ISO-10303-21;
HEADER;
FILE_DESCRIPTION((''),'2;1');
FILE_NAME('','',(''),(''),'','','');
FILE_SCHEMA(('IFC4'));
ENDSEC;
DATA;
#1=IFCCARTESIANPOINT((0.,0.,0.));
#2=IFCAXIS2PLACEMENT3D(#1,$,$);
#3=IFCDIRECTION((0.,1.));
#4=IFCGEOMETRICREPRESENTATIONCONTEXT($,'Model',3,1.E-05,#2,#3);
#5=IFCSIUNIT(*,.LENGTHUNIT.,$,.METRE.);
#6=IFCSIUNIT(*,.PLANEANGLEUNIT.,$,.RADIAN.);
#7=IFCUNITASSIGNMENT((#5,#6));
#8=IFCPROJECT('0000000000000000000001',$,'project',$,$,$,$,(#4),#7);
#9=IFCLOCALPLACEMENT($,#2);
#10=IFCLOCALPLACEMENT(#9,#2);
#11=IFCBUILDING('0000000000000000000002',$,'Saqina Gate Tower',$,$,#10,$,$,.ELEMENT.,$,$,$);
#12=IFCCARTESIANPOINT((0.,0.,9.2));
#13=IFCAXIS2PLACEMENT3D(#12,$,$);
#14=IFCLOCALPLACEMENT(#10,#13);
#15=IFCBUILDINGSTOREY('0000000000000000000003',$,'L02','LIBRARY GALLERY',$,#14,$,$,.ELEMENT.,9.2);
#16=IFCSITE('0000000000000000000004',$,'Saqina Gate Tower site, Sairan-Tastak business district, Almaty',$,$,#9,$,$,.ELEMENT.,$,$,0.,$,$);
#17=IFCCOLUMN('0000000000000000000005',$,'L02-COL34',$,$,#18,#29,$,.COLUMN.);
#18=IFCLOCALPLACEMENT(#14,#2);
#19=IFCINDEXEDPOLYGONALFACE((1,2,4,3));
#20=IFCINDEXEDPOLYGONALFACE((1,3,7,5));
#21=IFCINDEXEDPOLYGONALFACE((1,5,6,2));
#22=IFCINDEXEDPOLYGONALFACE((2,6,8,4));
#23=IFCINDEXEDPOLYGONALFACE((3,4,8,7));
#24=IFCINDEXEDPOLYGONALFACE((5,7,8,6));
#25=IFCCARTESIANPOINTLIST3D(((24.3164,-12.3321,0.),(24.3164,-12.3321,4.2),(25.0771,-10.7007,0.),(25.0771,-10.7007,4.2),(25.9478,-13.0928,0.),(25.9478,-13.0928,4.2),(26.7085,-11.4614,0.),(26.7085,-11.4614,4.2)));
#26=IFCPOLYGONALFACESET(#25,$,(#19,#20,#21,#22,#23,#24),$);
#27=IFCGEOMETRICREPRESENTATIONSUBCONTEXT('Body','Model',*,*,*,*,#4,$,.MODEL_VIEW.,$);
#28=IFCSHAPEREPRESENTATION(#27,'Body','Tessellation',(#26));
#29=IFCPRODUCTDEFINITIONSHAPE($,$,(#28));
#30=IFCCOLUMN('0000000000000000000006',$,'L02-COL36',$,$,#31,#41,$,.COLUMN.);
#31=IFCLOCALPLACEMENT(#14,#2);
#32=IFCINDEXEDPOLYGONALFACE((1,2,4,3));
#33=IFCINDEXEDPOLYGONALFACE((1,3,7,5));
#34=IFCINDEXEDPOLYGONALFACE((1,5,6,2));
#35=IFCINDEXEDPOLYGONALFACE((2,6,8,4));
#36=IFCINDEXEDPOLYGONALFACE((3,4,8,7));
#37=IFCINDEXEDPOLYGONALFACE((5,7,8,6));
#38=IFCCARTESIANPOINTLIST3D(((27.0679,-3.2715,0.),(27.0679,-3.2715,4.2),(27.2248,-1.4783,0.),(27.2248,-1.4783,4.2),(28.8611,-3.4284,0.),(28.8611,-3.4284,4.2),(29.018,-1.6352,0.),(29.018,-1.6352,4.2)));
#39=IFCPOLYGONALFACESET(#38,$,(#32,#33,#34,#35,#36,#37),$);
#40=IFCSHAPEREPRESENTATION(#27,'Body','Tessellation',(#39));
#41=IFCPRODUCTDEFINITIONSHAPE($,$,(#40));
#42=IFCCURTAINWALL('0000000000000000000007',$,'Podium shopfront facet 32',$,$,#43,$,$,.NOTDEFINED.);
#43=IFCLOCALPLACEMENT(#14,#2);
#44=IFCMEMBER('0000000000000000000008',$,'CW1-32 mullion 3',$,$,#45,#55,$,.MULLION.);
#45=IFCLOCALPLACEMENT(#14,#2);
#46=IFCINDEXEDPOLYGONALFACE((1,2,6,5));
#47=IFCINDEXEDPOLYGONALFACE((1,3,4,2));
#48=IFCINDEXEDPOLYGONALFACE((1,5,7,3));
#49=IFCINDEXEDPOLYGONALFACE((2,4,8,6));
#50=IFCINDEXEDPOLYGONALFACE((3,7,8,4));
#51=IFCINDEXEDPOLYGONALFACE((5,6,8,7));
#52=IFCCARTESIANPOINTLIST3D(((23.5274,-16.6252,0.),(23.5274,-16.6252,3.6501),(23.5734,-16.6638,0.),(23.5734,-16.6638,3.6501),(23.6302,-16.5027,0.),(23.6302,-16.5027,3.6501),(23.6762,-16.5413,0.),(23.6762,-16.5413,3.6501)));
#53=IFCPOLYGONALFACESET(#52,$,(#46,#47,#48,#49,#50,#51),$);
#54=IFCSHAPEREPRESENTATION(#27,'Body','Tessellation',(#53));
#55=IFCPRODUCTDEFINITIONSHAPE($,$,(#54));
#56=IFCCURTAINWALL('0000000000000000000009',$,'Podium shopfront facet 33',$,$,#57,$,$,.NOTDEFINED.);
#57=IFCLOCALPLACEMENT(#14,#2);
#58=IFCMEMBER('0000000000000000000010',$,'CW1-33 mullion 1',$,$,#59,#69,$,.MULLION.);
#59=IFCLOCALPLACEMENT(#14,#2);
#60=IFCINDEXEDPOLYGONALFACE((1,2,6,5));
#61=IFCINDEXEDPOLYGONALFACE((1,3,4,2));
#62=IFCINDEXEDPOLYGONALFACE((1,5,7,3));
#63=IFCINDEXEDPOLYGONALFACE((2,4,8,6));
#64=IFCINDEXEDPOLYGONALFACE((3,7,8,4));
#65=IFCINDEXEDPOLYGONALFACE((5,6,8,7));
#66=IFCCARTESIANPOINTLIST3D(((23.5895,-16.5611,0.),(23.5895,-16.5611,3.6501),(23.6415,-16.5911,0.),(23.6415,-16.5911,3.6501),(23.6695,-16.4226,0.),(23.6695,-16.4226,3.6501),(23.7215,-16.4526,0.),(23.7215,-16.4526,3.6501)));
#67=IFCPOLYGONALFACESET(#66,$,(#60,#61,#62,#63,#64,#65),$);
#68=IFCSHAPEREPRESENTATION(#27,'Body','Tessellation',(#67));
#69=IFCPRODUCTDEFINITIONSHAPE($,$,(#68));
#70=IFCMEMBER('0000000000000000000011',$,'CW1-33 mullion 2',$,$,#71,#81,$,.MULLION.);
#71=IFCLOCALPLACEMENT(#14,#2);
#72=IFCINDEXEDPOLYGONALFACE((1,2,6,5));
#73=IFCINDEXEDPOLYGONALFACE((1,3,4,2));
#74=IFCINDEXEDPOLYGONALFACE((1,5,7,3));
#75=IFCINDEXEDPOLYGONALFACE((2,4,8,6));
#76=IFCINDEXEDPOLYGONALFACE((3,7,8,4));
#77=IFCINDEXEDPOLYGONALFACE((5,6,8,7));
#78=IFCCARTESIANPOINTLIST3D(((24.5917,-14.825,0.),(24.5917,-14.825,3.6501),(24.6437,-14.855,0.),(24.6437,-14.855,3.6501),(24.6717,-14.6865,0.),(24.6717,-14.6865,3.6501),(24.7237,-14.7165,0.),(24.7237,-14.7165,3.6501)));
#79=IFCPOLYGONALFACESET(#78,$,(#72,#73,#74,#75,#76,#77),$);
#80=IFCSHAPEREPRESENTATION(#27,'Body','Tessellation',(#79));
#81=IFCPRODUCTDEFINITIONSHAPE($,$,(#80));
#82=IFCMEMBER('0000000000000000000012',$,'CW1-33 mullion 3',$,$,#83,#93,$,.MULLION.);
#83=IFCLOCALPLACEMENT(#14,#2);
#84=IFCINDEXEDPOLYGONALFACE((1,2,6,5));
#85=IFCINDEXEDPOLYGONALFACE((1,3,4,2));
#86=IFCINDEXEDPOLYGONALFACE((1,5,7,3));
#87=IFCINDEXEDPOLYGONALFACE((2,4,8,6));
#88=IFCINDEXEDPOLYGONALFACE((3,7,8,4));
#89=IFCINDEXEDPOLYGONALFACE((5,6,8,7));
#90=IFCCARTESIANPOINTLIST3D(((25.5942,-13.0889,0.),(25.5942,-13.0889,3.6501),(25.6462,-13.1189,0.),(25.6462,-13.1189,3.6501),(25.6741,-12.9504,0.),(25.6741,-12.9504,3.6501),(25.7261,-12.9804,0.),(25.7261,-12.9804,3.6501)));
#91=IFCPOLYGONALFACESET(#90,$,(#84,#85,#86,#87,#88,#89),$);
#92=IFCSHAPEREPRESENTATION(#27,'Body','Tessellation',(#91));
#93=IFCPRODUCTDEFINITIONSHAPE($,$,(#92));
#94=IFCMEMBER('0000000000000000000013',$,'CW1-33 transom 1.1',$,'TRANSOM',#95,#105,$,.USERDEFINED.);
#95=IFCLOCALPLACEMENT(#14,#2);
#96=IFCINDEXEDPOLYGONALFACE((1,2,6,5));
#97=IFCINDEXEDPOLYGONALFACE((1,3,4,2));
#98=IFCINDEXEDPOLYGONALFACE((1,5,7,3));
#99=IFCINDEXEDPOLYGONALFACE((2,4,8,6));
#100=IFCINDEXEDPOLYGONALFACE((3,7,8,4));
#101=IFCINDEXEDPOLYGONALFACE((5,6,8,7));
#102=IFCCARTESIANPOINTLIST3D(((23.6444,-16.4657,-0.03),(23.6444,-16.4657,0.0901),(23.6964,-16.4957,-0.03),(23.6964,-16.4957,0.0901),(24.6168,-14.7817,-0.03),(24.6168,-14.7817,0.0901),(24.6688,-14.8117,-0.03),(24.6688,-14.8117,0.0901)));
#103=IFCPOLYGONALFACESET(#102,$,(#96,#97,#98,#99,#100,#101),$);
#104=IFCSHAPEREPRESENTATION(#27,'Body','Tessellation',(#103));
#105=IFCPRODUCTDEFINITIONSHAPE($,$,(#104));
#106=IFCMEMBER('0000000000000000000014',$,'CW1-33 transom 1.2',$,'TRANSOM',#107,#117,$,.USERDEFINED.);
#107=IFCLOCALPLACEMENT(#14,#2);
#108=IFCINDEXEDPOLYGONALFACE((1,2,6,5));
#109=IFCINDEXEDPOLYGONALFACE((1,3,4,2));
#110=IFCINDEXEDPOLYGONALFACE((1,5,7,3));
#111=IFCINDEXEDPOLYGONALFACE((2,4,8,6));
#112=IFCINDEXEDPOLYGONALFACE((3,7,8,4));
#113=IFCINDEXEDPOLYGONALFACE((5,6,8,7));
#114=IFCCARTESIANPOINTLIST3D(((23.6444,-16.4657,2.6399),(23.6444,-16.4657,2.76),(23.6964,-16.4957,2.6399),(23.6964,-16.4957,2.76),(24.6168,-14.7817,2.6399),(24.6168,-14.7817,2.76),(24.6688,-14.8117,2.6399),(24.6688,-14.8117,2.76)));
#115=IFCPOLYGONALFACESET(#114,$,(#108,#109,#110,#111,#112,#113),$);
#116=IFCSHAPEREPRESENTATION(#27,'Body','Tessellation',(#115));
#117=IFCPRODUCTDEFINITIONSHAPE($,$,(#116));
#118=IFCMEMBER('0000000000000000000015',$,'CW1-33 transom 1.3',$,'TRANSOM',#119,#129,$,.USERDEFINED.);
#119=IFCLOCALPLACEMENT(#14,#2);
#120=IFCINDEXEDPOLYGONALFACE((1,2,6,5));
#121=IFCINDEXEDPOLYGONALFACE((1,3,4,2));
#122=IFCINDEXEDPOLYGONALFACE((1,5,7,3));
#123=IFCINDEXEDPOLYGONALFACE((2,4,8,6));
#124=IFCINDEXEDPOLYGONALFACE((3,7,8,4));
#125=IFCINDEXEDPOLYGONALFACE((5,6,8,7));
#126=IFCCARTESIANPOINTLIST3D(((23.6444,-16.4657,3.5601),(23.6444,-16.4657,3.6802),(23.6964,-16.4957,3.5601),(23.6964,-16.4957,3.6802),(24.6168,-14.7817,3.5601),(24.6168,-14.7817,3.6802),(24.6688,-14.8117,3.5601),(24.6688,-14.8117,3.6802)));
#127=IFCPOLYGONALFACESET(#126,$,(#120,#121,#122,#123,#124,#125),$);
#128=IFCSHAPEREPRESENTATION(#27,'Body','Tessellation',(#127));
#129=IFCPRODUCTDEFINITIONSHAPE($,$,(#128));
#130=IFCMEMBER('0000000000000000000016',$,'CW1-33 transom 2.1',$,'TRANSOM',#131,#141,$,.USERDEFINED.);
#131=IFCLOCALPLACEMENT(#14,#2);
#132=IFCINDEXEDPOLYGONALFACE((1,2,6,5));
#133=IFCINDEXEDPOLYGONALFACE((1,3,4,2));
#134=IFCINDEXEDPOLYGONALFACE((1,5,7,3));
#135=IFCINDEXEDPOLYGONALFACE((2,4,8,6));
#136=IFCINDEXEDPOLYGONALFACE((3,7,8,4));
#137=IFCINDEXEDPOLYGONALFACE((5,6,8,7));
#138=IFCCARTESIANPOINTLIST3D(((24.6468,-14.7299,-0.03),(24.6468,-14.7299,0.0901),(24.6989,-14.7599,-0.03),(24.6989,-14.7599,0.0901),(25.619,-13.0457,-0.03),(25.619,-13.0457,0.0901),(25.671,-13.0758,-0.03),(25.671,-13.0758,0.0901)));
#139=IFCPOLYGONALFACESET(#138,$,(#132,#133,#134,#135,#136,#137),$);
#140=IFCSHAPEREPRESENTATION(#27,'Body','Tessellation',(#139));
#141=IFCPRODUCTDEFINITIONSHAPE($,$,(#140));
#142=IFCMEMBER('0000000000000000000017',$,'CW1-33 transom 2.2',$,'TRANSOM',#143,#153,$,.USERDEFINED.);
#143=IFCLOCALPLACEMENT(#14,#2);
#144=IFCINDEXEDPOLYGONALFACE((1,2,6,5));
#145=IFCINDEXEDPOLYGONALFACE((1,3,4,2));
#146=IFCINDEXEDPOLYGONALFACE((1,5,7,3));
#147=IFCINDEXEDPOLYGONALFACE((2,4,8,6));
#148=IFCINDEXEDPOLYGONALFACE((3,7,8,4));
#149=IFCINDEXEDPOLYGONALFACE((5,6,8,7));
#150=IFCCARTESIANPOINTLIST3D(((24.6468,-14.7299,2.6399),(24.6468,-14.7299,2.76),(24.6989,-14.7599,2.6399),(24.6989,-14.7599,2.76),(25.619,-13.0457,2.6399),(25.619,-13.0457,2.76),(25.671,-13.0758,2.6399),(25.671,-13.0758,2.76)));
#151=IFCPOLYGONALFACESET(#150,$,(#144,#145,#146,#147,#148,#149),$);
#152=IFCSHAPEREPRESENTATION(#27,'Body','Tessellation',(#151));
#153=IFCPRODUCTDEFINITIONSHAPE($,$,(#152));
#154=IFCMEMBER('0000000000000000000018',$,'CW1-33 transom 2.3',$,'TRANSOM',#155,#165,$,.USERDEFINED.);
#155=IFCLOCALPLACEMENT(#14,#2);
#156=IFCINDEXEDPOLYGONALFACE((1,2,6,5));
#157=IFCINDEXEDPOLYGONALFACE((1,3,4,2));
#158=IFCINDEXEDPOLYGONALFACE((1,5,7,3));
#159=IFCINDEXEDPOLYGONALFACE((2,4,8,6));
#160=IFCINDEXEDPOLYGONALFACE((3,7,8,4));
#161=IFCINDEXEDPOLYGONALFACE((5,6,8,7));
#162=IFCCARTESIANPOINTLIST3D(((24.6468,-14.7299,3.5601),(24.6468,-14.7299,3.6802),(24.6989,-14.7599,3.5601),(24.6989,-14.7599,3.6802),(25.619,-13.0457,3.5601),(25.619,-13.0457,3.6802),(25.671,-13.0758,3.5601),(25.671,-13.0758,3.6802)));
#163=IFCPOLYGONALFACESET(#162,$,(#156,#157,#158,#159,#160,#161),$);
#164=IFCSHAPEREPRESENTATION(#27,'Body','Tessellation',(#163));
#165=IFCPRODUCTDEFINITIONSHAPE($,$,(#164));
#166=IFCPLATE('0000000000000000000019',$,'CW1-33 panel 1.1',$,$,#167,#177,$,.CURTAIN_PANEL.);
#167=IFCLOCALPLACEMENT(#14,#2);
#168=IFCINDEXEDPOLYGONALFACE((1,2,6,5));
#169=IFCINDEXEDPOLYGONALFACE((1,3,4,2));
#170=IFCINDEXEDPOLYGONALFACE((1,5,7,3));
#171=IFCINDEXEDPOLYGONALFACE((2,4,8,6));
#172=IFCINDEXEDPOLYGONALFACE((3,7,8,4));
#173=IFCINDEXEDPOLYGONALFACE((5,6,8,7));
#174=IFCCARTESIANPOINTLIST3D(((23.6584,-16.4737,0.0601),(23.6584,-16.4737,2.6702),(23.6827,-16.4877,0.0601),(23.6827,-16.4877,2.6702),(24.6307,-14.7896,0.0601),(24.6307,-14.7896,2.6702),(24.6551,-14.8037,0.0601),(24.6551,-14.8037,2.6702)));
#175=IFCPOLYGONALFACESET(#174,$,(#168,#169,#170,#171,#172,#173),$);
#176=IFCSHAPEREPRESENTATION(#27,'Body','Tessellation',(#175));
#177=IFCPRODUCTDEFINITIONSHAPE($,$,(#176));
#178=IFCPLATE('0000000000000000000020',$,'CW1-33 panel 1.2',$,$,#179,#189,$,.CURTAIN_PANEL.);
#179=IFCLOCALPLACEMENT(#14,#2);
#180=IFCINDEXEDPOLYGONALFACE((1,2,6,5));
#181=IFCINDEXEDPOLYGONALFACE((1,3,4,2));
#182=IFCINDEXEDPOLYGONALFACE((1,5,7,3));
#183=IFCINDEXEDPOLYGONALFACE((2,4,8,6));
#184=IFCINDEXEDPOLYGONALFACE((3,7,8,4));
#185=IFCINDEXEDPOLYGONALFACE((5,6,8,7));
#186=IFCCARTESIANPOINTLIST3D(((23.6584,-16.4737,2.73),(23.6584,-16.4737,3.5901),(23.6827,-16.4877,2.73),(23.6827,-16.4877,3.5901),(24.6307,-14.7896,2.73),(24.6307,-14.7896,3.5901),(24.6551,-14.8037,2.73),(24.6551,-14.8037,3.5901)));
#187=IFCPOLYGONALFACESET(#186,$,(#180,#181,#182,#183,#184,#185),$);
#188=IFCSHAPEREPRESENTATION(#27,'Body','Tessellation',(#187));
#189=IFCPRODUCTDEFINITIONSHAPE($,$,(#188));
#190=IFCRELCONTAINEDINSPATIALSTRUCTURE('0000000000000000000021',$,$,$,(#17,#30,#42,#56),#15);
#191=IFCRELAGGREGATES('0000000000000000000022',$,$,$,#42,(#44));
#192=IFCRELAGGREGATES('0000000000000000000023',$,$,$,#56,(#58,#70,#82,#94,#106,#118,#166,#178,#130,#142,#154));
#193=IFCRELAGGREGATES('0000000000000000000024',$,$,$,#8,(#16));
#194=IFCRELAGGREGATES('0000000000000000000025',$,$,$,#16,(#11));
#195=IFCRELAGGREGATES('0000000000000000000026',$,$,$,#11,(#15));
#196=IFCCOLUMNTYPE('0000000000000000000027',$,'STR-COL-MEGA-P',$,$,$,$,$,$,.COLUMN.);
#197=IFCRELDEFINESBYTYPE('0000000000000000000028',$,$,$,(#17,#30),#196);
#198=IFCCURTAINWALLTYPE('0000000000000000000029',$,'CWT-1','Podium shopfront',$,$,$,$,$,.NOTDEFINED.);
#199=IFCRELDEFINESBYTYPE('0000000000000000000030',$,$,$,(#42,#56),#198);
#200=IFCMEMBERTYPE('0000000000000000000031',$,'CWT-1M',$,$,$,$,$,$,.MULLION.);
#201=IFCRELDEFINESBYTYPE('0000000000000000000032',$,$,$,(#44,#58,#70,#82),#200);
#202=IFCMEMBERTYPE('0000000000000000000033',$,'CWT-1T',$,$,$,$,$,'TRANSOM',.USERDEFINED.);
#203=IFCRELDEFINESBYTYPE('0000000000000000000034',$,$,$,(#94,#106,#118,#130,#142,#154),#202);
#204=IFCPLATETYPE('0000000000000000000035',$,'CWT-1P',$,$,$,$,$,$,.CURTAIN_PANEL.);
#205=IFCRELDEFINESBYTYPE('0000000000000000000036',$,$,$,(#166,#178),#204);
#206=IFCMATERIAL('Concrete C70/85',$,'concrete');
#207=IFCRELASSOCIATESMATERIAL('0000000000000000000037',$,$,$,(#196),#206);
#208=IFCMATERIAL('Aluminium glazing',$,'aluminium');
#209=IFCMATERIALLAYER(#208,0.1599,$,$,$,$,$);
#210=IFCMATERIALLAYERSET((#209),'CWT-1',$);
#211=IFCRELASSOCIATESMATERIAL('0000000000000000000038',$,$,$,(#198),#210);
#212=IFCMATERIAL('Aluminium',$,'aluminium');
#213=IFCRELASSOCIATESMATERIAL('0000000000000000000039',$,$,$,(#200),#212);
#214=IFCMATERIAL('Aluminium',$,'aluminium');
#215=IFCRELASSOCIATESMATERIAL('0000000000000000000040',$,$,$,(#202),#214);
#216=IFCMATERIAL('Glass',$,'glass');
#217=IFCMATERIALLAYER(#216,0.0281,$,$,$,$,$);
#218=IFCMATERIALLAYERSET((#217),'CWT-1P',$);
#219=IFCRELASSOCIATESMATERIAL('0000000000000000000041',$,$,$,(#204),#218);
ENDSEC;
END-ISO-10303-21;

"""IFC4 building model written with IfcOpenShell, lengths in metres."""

from ifc_helpers import new_model, si_unit, direction, frame, origin, origin_2d, place, context, subcontext, project, spatial, rectangle, extrude, material, layer, layer_set, material_profile, profile_set, type_object, element, aggregate, save


model = new_model("IFC4")

# Units and contexts
model_context = context("Model", 3, precision=1e-05, world=origin(), true_north=direction((0.0, 1.0)))
body_context = subcontext(model_context, "Body", "Model", "MODEL_VIEW")
ifc_project = project(units=[si_unit("LENGTHUNIT", "METRE"), si_unit("PLANEANGLEUNIT", "RADIAN")], contexts=[model_context])

# Site, building, storey
site_placement = place(None, origin())
site = spatial("IfcSite", under=ifc_project, at=site_placement, Name="Saqina Gate Tower site, Sairan-Tastak business district, Almaty", CompositionType="ELEMENT", RefElevation=0.0)
building_placement = place(site_placement, origin())
building = spatial("IfcBuilding", under=site, at=building_placement, Name="Saqina Gate Tower", CompositionType="ELEMENT")
storey_placement = place(building_placement, frame((0.0, 0.0, 9.2)))
storey = spatial("IfcBuildingStorey", under=building, at=storey_placement, Name="L02", Description="LIBRARY GALLERY", CompositionType="ELEMENT", Elevation=9.2)

# Columns
ifc_material_1 = material(Name="Concrete C70/85", Category="concrete")
ifc_material_profile_1 = material_profile(ifc_material_1, rectangle(XDim=1.8, YDim=1.8, at=origin_2d()), Name="RC 1800x1800")
ifc_profile_set_1 = profile_set([ifc_material_profile_1], Name="Concrete C70/85")
column_type = type_object("IfcColumnType", Name="STR-COL-MEGA-P", PredefinedType="COLUMN", material=ifc_profile_set_1)
for number, where, z_axis, x_axis, name in (
    (1, (25.5125, -11.8967, 0.0), (0.0, 0.0, 1.0), (0.906308, -0.422618, 0.0), "L02-COL34"),
    (2, (28.043, -2.4534, 0.0), (0.0, 0.0, 1.0), (0.996195, -0.087156, 0.0), "L02-COL36"),
):
    element("IfcColumn", number, at=place(storey_placement, frame(where, z_axis=z_axis, x_axis=x_axis)), inside=storey, type_object=column_type, Name=name, PredefinedType="COLUMN", context=body_context, shape_type="SweptSolid", body=[
        extrude(rectangle(XDim=1.8, YDim=1.8, at=origin_2d()), origin(), (0.0, 0.0, 1.0), 4.2),
    ])

# Curtain wall, member
ifc_material_2 = material(Name="Aluminium glazing", Category="aluminium")
ifc_layer_1 = layer(ifc_material_2, 0.1599)
ifc_layer_set_1 = layer_set([ifc_layer_1], Name="CWT-1")
curtain_wall_type = type_object("IfcCurtainWallType", Name="CWT-1", Description="Podium shopfront", PredefinedType="NOTDEFINED", material=ifc_layer_set_1)
curtain_wall_1_placement = place(storey_placement, origin())
curtain_wall_1 = element("IfcCurtainWall", 3, at=curtain_wall_1_placement, inside=storey, type_object=curtain_wall_type, Name="Podium shopfront facet 32", PredefinedType="NOTDEFINED")
ifc_material_3 = material(Name="Aluminium", Category="aluminium")
ifc_material_profile_2 = material_profile(ifc_material_3, rectangle(XDim=0.0601, YDim=0.1599, at=origin_2d()), Name="Aluminium 60x160")
ifc_profile_set_2 = profile_set([ifc_material_profile_2], Name="Aluminium")
member_type_1 = type_object("IfcMemberType", Name="CWT-1M", PredefinedType="MULLION", material=ifc_profile_set_2)
member_1_placement = place(storey_placement, frame((23.6018, -16.5833, 0.0), z_axis=(0.0, 0.0, 1.0), x_axis=(-0.766051, 0.642779, 0.0)))
member_1 = element("IfcMember", 4, at=member_1_placement, type_object=member_type_1, Name="CW1-32 mullion 3", PredefinedType="MULLION", context=body_context, shape_type="SweptSolid", body=[
    extrude(rectangle(XDim=0.0601, YDim=0.1599, at=origin_2d()), origin(), (0.0, 0.0, 1.0), 3.6501),
])
aggregate(curtain_wall_1, [member_1])

# Curtain wall, members, plates
curtain_wall_2_placement = place(storey_placement, origin())
curtain_wall_2 = element("IfcCurtainWall", 5, at=curtain_wall_2_placement, inside=storey, type_object=curtain_wall_type, Name="Podium shopfront facet 33", PredefinedType="NOTDEFINED")
member_2_placement = place(storey_placement, frame((23.6555, -16.5068, 0.0), z_axis=(0.0, 0.0, 1.0), x_axis=(-0.866017, 0.500014, 0.0)))
member_2 = element("IfcMember", 6, at=member_2_placement, type_object=member_type_1, Name="CW1-33 mullion 1", PredefinedType="MULLION", context=body_context, shape_type="SweptSolid", body=[
    extrude(rectangle(XDim=0.0601, YDim=0.1599, at=origin_2d()), origin(), (0.0, 0.0, 1.0), 3.6501),
])
member_3_placement = place(storey_placement, frame((24.6577, -14.7708, 0.0), z_axis=(0.0, 0.0, 1.0), x_axis=(-0.866017, 0.500014, 0.0)))
member_3 = element("IfcMember", 7, at=member_3_placement, type_object=member_type_1, Name="CW1-33 mullion 2", PredefinedType="MULLION", context=body_context, shape_type="SweptSolid", body=[
    extrude(rectangle(XDim=0.0601, YDim=0.1599, at=origin_2d()), origin(), (0.0, 0.0, 1.0), 3.6501),
])
member_4_placement = place(storey_placement, frame((25.6602, -13.0347, 0.0), z_axis=(0.0, 0.0, 1.0), x_axis=(-0.866017, 0.500014, 0.0)))
member_4 = element("IfcMember", 8, at=member_4_placement, type_object=member_type_1, Name="CW1-33 mullion 3", PredefinedType="MULLION", context=body_context, shape_type="SweptSolid", body=[
    extrude(rectangle(XDim=0.0601, YDim=0.1599, at=origin_2d()), origin(), (0.0, 0.0, 1.0), 3.6501),
])
ifc_material_4 = material(Name="Aluminium", Category="aluminium")
ifc_material_profile_3 = material_profile(ifc_material_4, rectangle(XDim=0.0601, YDim=0.1201, at=origin_2d()), Name="Aluminium 60x120")
ifc_profile_set_3 = profile_set([ifc_material_profile_3], Name="Aluminium")
member_type_2 = type_object("IfcMemberType", Name="CWT-1T", ElementType="TRANSOM", PredefinedType="USERDEFINED", material=ifc_profile_set_3)
member_5_placement = place(storey_placement, frame((23.6704, -16.4807, 0.03), z_axis=(0.500041, 0.866002, 0.0), x_axis=(-0.866002, 0.500041, 0.0)))
member_5 = element("IfcMember", 9, at=member_5_placement, type_object=member_type_2, Name="CW1-33 transom 1.1", ObjectType="TRANSOM", PredefinedType="USERDEFINED", context=body_context, shape_type="SweptSolid", body=[
    extrude(rectangle(XDim=0.0601, YDim=0.1201, at=origin_2d()), origin(), (0.0, 0.0, 1.0), 1.9446),
])
member_6_placement = place(storey_placement, frame((23.6704, -16.4807, 2.7), z_axis=(0.500041, 0.866002, 0.0), x_axis=(-0.866002, 0.500041, 0.0)))
member_6 = element("IfcMember", 10, at=member_6_placement, type_object=member_type_2, Name="CW1-33 transom 1.2", ObjectType="TRANSOM", PredefinedType="USERDEFINED", context=body_context, shape_type="SweptSolid", body=[
    extrude(rectangle(XDim=0.0601, YDim=0.1201, at=origin_2d()), origin(), (0.0, 0.0, 1.0), 1.9446),
])
member_7_placement = place(storey_placement, frame((23.6704, -16.4807, 3.6201), z_axis=(0.500041, 0.866002, 0.0), x_axis=(-0.866002, 0.500041, 0.0)))
member_7 = element("IfcMember", 11, at=member_7_placement, type_object=member_type_2, Name="CW1-33 transom 1.3", ObjectType="TRANSOM", PredefinedType="USERDEFINED", context=body_context, shape_type="SweptSolid", body=[
    extrude(rectangle(XDim=0.0601, YDim=0.1201, at=origin_2d()), origin(), (0.0, 0.0, 1.0), 1.9446),
])
member_8_placement = place(storey_placement, frame((24.6729, -14.7449, 0.03), z_axis=(0.499947, 0.866056, 0.0), x_axis=(-0.866056, 0.499947, 0.0)))
member_8 = element("IfcMember", 12, at=member_8_placement, type_object=member_type_2, Name="CW1-33 transom 2.1", ObjectType="TRANSOM", PredefinedType="USERDEFINED", context=body_context, shape_type="SweptSolid", body=[
    extrude(rectangle(XDim=0.0601, YDim=0.1201, at=origin_2d()), origin(), (0.0, 0.0, 1.0), 1.9446),
])
member_9_placement = place(storey_placement, frame((24.6729, -14.7449, 2.7), z_axis=(0.499947, 0.866056, 0.0), x_axis=(-0.866056, 0.499947, 0.0)))
member_9 = element("IfcMember", 13, at=member_9_placement, type_object=member_type_2, Name="CW1-33 transom 2.2", ObjectType="TRANSOM", PredefinedType="USERDEFINED", context=body_context, shape_type="SweptSolid", body=[
    extrude(rectangle(XDim=0.0601, YDim=0.1201, at=origin_2d()), origin(), (0.0, 0.0, 1.0), 1.9446),
])
member_10_placement = place(storey_placement, frame((24.6729, -14.7449, 3.6201), z_axis=(0.499947, 0.866056, 0.0), x_axis=(-0.866056, 0.499947, 0.0)))
member_10 = element("IfcMember", 14, at=member_10_placement, type_object=member_type_2, Name="CW1-33 transom 2.3", ObjectType="TRANSOM", PredefinedType="USERDEFINED", context=body_context, shape_type="SweptSolid", body=[
    extrude(rectangle(XDim=0.0601, YDim=0.1201, at=origin_2d()), origin(), (0.0, 0.0, 1.0), 1.9446),
])
ifc_material_5 = material(Name="Glass", Category="glass")
ifc_layer_2 = layer(ifc_material_5, 0.0281)
ifc_layer_set_2 = layer_set([ifc_layer_2], Name="CWT-1P")
plate_type = type_object("IfcPlateType", Name="CWT-1P", PredefinedType="CURTAIN_PANEL", material=ifc_layer_set_2)
plate_1_placement = place(storey_placement, frame((24.1567, -15.6387, 0.0601), z_axis=(0.0, 0.0, 1.0), x_axis=(0.500014, 0.866017, 0.0)))
plate_1 = element("IfcPlate", 15, at=plate_1_placement, type_object=plate_type, Name="CW1-33 panel 1.1", PredefinedType="CURTAIN_PANEL", context=body_context, shape_type="SweptSolid", body=[
    extrude(rectangle(XDim=1.9446, YDim=0.0281, at=origin_2d()), origin(), (0.0, 0.0, 1.0), 2.6101),
])
plate_2_placement = place(storey_placement, frame((24.1567, -15.6387, 2.73), z_axis=(0.0, 0.0, 1.0), x_axis=(0.500014, 0.866017, 0.0)))
plate_2 = element("IfcPlate", 16, at=plate_2_placement, type_object=plate_type, Name="CW1-33 panel 1.2", PredefinedType="CURTAIN_PANEL", context=body_context, shape_type="SweptSolid", body=[
    extrude(rectangle(XDim=1.9446, YDim=0.0281, at=origin_2d()), origin(), (0.0, 0.0, 1.0), 0.8601),
])
aggregate(curtain_wall_2, [member_2, member_3, member_4, member_5, member_6, member_7, plate_1, plate_2, member_8, member_9, member_10])

save(model, "model.ifc")
